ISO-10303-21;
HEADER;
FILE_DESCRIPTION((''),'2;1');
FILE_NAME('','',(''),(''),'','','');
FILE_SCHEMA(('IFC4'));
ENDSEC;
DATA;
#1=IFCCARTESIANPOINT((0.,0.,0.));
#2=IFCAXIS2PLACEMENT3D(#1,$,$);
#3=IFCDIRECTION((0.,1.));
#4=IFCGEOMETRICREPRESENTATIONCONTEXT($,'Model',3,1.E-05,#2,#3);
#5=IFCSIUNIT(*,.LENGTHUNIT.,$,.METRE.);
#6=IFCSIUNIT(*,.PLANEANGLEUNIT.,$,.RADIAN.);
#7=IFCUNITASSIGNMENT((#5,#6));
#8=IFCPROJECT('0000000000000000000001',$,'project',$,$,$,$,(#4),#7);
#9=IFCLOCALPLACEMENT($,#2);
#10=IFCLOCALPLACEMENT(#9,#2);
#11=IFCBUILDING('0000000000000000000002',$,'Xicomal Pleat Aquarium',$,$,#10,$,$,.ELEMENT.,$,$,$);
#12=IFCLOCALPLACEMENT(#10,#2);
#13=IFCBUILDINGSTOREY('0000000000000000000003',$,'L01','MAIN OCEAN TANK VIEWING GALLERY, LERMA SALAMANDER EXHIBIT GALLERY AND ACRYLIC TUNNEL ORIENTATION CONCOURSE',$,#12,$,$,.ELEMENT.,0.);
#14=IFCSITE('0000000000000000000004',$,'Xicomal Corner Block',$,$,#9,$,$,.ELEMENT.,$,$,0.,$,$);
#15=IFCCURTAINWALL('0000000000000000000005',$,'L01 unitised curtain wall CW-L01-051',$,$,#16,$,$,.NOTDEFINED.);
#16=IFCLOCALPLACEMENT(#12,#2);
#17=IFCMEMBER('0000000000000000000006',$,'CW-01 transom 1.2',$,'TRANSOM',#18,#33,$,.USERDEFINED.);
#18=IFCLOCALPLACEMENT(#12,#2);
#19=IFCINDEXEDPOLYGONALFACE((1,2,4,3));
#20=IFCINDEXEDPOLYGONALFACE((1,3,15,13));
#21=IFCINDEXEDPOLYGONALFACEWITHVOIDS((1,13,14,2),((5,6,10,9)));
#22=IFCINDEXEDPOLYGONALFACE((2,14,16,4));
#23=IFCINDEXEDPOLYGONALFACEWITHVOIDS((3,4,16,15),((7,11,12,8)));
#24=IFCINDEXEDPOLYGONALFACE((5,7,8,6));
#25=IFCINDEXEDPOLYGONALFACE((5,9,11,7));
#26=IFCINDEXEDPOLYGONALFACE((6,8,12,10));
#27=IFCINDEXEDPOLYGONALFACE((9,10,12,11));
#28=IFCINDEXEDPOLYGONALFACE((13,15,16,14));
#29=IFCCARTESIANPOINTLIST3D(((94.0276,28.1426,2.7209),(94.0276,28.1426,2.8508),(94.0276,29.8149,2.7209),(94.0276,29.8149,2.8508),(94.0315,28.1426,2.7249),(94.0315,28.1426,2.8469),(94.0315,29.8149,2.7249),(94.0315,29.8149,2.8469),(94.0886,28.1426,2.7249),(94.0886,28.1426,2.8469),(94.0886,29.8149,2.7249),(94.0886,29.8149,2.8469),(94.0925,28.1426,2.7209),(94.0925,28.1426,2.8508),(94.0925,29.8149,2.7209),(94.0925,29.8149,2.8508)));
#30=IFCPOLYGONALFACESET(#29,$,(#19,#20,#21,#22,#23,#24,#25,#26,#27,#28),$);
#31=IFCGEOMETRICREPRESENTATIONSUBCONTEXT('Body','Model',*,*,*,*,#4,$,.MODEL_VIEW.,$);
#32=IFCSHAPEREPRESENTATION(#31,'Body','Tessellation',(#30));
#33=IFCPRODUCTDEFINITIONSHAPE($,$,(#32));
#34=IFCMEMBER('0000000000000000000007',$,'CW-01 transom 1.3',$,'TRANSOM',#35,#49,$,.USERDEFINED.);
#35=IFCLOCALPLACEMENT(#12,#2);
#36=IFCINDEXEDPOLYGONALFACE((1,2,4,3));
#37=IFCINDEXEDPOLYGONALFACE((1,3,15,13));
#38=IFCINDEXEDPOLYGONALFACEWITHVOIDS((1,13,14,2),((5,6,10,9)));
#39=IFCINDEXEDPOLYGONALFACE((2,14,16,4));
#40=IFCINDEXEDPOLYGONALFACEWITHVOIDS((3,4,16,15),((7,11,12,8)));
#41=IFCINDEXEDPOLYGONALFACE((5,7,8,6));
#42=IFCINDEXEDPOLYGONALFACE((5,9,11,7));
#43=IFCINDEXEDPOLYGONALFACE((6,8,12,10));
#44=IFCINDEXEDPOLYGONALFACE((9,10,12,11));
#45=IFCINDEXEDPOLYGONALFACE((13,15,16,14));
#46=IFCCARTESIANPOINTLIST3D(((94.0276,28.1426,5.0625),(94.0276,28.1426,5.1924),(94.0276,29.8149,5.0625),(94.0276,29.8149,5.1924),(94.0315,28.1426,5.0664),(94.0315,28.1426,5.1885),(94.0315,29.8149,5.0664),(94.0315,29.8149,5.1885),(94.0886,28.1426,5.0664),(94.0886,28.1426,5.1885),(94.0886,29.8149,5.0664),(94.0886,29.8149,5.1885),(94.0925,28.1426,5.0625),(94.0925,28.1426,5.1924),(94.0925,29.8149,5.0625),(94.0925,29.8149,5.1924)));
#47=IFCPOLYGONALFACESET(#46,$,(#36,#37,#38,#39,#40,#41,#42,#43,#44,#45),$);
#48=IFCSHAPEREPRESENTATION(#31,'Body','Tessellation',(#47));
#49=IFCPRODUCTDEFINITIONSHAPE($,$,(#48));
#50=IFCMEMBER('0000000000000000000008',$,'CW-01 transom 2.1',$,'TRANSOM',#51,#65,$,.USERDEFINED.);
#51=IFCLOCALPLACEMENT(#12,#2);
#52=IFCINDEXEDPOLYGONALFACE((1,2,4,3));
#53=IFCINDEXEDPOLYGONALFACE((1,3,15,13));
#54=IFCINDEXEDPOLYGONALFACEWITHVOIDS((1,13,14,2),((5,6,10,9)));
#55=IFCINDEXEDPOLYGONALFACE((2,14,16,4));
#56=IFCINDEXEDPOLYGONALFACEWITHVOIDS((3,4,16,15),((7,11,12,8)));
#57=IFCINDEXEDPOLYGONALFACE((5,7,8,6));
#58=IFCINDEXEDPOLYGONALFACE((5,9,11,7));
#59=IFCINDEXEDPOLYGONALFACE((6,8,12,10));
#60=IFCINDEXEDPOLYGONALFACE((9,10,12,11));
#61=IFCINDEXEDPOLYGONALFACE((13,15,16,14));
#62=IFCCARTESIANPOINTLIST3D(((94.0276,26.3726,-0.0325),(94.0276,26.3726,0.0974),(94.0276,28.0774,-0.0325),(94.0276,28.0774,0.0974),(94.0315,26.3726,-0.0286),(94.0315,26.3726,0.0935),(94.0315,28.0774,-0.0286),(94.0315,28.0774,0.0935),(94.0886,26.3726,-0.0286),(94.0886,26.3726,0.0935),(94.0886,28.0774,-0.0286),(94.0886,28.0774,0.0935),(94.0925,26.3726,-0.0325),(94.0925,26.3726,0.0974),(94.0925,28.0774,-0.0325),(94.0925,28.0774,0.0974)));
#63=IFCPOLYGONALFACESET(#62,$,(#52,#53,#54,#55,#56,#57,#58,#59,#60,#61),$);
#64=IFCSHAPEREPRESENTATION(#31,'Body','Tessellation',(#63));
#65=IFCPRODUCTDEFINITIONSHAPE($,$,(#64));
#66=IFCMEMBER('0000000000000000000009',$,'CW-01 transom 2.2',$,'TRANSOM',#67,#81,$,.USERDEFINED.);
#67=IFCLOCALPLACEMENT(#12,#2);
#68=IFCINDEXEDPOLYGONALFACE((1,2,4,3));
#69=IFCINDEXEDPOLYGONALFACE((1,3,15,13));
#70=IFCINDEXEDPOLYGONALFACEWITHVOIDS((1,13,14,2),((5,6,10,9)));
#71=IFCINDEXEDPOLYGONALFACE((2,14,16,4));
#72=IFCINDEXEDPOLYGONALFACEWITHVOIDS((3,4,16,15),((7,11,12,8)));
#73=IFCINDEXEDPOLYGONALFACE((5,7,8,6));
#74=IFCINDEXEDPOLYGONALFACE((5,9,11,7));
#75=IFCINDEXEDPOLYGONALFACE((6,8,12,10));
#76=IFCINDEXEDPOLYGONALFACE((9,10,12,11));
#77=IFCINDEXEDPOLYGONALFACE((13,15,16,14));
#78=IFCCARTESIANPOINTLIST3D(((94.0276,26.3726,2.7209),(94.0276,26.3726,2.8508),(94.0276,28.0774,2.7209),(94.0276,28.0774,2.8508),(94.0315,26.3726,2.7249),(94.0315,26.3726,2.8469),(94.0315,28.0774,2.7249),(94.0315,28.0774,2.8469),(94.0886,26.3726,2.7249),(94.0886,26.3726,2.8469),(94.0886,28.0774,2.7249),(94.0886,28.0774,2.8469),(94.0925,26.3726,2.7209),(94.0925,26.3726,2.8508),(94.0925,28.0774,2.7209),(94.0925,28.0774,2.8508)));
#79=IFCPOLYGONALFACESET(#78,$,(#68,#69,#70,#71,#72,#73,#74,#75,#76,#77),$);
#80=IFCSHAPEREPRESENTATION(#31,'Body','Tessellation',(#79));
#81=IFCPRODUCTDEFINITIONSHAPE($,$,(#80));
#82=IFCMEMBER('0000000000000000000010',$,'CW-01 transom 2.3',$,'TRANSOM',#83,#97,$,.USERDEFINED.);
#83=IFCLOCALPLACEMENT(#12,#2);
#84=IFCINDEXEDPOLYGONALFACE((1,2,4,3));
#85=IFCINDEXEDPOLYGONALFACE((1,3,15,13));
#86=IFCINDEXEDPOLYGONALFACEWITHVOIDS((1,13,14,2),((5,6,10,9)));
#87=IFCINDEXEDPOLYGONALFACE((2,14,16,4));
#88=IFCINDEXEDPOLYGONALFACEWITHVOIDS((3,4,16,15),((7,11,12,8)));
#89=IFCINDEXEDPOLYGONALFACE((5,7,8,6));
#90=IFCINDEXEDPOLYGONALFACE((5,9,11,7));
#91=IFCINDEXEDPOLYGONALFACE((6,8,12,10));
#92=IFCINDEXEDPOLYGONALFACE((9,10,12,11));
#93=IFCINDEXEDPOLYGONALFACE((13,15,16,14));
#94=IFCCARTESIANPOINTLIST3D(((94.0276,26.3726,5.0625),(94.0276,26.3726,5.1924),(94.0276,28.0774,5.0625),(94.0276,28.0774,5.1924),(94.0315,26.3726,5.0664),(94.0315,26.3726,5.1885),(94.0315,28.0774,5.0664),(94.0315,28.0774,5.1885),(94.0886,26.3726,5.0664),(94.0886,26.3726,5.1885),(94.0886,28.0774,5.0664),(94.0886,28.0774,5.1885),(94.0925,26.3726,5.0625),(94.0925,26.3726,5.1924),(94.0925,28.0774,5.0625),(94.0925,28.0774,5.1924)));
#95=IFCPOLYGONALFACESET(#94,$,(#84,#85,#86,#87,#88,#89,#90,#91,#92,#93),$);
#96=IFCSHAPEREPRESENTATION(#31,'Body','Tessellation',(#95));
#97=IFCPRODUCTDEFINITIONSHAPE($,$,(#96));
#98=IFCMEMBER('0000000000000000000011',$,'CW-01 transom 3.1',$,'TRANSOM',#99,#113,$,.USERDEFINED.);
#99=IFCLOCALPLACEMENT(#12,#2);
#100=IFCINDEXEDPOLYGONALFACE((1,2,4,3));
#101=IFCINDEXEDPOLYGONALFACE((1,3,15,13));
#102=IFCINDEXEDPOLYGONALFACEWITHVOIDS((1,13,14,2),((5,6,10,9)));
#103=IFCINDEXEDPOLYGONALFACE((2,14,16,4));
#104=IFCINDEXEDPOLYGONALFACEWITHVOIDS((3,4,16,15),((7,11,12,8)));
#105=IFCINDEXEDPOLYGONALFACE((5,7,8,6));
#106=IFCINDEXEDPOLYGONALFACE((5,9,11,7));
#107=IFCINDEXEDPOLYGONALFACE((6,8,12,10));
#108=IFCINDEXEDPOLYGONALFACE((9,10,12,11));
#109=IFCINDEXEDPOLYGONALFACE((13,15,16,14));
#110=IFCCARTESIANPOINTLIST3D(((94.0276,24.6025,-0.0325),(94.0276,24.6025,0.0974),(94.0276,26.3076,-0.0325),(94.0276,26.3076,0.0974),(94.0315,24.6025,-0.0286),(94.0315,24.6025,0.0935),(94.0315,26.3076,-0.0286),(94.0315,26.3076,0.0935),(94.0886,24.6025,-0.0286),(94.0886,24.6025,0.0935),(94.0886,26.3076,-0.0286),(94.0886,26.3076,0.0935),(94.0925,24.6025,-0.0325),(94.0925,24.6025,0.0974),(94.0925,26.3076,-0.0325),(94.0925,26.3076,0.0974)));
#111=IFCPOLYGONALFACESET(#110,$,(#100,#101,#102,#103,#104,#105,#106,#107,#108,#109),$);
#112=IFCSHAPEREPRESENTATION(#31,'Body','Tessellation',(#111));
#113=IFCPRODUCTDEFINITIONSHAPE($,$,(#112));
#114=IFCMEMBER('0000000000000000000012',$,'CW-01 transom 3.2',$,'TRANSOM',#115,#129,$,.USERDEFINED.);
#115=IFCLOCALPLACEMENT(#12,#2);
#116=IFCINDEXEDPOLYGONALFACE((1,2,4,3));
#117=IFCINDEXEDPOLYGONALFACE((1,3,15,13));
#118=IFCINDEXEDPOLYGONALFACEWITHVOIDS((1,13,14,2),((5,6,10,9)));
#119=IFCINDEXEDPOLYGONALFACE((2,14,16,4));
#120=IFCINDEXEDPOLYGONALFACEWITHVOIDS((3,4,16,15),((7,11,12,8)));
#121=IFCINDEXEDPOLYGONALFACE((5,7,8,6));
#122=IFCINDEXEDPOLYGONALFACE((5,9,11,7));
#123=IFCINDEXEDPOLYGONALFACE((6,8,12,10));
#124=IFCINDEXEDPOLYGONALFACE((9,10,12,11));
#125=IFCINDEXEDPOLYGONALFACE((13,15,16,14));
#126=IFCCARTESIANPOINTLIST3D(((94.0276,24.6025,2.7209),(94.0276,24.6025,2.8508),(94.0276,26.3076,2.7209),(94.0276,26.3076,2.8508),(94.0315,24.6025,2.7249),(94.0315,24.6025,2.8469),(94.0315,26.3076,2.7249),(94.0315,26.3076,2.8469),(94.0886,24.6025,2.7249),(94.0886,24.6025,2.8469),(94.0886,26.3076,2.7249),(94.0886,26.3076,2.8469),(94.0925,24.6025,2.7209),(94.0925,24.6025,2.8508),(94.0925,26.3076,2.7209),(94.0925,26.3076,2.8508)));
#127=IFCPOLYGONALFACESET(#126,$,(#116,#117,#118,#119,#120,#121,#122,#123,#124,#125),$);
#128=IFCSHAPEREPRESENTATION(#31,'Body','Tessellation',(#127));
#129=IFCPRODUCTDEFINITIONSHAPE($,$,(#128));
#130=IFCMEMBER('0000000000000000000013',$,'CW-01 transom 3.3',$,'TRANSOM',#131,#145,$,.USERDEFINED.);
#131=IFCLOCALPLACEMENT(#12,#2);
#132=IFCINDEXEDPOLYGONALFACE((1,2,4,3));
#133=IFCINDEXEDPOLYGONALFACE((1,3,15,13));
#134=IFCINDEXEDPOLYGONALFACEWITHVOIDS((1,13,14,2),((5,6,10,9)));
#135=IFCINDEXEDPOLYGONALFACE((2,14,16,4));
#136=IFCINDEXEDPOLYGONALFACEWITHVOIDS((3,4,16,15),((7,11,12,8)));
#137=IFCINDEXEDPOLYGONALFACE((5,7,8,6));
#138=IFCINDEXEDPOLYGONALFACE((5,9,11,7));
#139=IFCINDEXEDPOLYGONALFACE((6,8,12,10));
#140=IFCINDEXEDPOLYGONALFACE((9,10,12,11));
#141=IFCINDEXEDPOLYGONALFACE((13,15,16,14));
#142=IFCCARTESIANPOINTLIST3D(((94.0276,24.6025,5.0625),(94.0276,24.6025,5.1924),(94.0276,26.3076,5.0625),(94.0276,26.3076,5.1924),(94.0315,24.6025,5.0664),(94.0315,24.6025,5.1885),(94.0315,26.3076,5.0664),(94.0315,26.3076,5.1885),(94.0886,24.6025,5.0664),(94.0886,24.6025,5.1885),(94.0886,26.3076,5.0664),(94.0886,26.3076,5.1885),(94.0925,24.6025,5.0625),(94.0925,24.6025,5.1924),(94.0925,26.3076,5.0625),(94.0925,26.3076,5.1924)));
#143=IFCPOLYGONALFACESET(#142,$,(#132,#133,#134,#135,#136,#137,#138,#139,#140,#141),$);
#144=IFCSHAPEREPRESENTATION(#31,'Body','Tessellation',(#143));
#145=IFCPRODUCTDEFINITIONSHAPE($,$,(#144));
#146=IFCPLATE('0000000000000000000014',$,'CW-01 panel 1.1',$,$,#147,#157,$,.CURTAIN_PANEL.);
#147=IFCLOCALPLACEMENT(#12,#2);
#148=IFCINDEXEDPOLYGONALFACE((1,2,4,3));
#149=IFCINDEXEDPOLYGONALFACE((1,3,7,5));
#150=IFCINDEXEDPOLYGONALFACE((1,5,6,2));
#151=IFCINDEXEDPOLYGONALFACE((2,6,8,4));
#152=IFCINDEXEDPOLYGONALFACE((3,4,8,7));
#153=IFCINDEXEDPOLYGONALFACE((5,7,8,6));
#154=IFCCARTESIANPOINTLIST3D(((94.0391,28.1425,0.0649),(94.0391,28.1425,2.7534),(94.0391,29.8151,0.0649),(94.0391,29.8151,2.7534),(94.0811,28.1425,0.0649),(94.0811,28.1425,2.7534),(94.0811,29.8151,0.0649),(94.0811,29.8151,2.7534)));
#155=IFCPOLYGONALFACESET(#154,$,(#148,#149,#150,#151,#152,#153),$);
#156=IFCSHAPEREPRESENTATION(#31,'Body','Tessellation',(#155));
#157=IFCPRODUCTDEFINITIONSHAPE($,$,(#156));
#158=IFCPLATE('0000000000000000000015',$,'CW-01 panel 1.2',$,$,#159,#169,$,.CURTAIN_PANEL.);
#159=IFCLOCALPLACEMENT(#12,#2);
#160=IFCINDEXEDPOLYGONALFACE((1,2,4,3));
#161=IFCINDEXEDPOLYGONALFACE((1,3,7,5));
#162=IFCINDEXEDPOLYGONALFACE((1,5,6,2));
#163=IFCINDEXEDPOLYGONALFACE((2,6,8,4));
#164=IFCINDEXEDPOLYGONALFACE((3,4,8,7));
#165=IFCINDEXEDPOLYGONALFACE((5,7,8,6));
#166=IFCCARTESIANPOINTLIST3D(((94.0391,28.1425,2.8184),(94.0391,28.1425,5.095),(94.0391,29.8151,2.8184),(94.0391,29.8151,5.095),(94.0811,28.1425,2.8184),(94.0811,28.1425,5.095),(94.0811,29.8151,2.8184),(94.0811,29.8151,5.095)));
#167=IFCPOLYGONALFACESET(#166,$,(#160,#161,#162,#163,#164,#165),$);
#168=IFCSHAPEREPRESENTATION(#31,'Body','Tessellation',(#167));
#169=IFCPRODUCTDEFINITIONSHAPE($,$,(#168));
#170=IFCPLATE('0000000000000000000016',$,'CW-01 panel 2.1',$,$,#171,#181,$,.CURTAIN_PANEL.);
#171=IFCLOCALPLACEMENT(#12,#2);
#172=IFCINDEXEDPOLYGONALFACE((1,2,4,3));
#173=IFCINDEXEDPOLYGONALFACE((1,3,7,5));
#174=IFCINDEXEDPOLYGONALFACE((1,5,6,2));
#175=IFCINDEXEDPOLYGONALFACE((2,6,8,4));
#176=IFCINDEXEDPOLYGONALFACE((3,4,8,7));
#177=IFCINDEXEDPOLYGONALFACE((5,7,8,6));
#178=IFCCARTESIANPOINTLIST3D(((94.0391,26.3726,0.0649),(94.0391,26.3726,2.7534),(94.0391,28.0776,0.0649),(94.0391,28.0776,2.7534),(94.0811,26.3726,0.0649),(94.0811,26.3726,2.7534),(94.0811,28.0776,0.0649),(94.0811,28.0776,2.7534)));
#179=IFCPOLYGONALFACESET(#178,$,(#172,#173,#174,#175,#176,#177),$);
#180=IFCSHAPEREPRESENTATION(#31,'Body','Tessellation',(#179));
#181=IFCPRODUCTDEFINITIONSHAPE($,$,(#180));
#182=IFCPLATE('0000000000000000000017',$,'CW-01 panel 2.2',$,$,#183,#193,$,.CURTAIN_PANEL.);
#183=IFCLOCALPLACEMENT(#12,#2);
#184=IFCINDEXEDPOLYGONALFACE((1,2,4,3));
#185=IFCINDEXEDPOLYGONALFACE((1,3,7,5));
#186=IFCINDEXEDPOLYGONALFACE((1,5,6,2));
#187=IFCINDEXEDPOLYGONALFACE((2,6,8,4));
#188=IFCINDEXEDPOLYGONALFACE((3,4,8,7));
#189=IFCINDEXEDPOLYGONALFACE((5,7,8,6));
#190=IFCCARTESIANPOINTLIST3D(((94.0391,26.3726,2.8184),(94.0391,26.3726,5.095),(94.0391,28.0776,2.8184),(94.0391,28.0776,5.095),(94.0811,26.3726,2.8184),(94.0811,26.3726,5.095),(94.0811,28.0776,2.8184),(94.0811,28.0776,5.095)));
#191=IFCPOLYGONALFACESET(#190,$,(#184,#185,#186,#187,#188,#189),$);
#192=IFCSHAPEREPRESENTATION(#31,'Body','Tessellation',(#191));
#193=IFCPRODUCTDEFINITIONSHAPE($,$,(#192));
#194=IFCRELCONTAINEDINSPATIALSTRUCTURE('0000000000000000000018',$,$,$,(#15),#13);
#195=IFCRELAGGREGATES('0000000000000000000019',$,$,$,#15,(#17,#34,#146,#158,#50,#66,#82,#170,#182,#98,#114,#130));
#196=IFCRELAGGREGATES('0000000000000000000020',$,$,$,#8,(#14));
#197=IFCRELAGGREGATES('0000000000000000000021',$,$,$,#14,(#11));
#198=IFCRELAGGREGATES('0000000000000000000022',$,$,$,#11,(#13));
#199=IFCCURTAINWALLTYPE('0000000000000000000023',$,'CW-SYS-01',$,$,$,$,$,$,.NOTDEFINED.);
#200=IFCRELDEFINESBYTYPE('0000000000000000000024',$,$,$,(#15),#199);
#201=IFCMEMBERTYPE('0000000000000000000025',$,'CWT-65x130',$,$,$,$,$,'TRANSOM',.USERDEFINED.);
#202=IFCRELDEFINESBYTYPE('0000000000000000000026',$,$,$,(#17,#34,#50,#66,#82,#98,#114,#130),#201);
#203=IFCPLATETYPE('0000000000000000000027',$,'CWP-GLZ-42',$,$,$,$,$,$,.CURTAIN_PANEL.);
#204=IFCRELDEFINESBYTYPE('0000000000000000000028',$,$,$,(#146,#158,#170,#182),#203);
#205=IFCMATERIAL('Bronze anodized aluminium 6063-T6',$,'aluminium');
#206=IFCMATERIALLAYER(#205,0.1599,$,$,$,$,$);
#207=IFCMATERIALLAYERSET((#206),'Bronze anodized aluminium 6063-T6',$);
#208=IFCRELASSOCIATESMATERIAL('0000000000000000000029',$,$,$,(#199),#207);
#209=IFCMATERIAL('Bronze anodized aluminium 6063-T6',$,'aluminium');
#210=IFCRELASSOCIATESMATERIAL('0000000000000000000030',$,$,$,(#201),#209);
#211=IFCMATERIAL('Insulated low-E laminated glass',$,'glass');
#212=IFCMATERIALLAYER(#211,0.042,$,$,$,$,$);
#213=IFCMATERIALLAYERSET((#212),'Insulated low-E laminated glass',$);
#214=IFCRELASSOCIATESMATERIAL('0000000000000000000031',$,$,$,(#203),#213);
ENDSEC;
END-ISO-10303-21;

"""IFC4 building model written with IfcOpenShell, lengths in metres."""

from ifc_helpers import new_model, si_unit, direction, frame, origin, origin_2d, place, context, subcontext, project, spatial, rectangle, hollow_rectangle, extrude, material, layer, layer_set, material_profile, profile_set, type_object, element, aggregate, save


model = new_model("IFC4")

# Units and contexts
model_context = context("Model", 3, precision=1e-05, world=origin(), true_north=direction((0.0, 1.0)))
body_context = subcontext(model_context, "Body", "Model", "MODEL_VIEW")
ifc_project = project(units=[si_unit("LENGTHUNIT", "METRE"), si_unit("PLANEANGLEUNIT", "RADIAN")], contexts=[model_context])

# Site, building, storey
site_placement = place(None, origin())
site = spatial("IfcSite", under=ifc_project, at=site_placement, Name="Xicomal Corner Block", CompositionType="ELEMENT", RefElevation=0.0)
building_placement = place(site_placement, origin())
building = spatial("IfcBuilding", under=site, at=building_placement, Name="Xicomal Pleat Aquarium", CompositionType="ELEMENT")
storey_placement = place(building_placement, origin())
storey = spatial("IfcBuildingStorey", under=building, at=storey_placement, Name="L01", Description="MAIN OCEAN TANK VIEWING GALLERY, LERMA SALAMANDER EXHIBIT GALLERY AND ACRYLIC TUNNEL ORIENTATION CONCOURSE", CompositionType="ELEMENT", Elevation=0.0)

# Curtain wall, members, plates
ifc_material_1 = material(Name="Bronze anodized aluminium 6063-T6", Category="aluminium")
ifc_layer_1 = layer(ifc_material_1, 0.1599)
ifc_layer_set_1 = layer_set([ifc_layer_1], Name="Bronze anodized aluminium 6063-T6")
curtain_wall_type = type_object("IfcCurtainWallType", Name="CW-SYS-01", PredefinedType="NOTDEFINED", material=ifc_layer_set_1)
curtain_wall_placement = place(storey_placement, origin())
curtain_wall = element("IfcCurtainWall", 1, at=curtain_wall_placement, inside=storey, type_object=curtain_wall_type, Name="L01 unitised curtain wall CW-L01-051", PredefinedType="NOTDEFINED")
ifc_material_2 = material(Name="Bronze anodized aluminium 6063-T6", Category="aluminium")
ifc_material_profile_1 = material_profile(ifc_material_2, hollow_rectangle(XDim=0.0649, YDim=0.1299, WallThickness=0.0039, at=origin_2d()), Name="ALU TRAN 65x130")
ifc_profile_set_1 = profile_set([ifc_material_profile_1], Name="Bronze anodized aluminium 6063-T6")
member_type_1 = type_object("IfcMemberType", Name="CWT-65x130", ElementType="TRANSOM", PredefinedType="USERDEFINED", material=ifc_profile_set_1)
member_1_placement = place(storey_placement, frame((94.0601, 29.8149, 2.7859), z_axis=(0.0, -1.0, 0.0), x_axis=(1.0, 0.0, 0.0)))
member_1 = element("IfcMember", 2, at=member_1_placement, type_object=member_type_1, Name="CW-01 transom 1.2", ObjectType="TRANSOM", PredefinedType="USERDEFINED", context=body_context, shape_type="SweptSolid", body=[
    extrude(hollow_rectangle(XDim=0.0649, YDim=0.1299, WallThickness=0.0039, at=origin_2d()), origin(), (0.0, 0.0, 1.0), 1.6724),
])
member_2_placement = place(storey_placement, frame((94.0601, 29.8149, 5.1274), z_axis=(0.0, -1.0, 0.0), x_axis=(1.0, 0.0, 0.0)))
member_2 = element("IfcMember", 3, at=member_2_placement, type_object=member_type_1, Name="CW-01 transom 1.3", ObjectType="TRANSOM", PredefinedType="USERDEFINED", context=body_context, shape_type="SweptSolid", body=[
    extrude(hollow_rectangle(XDim=0.0649, YDim=0.1299, WallThickness=0.0039, at=origin_2d()), origin(), (0.0, 0.0, 1.0), 1.6724),
])
member_3_placement = place(storey_placement, frame((94.0601, 28.0774, 0.0325), z_axis=(0.0, -1.0, 0.0), x_axis=(1.0, 0.0, 0.0)))
member_3 = element("IfcMember", 4, at=member_3_placement, type_object=member_type_1, Name="CW-01 transom 2.1", ObjectType="TRANSOM", PredefinedType="USERDEFINED", context=body_context, shape_type="SweptSolid", body=[
    extrude(hollow_rectangle(XDim=0.0649, YDim=0.1299, WallThickness=0.0039, at=origin_2d()), origin(), (0.0, 0.0, 1.0), 1.7048),
])
member_4_placement = place(storey_placement, frame((94.0601, 28.0774, 2.7859), z_axis=(0.0, -1.0, 0.0), x_axis=(1.0, 0.0, 0.0)))
member_4 = element("IfcMember", 5, at=member_4_placement, type_object=member_type_1, Name="CW-01 transom 2.2", ObjectType="TRANSOM", PredefinedType="USERDEFINED", context=body_context, shape_type="SweptSolid", body=[
    extrude(hollow_rectangle(XDim=0.0649, YDim=0.1299, WallThickness=0.0039, at=origin_2d()), origin(), (0.0, 0.0, 1.0), 1.7048),
])
member_5_placement = place(storey_placement, frame((94.0601, 28.0774, 5.1274), z_axis=(0.0, -1.0, 0.0), x_axis=(1.0, 0.0, 0.0)))
member_5 = element("IfcMember", 6, at=member_5_placement, type_object=member_type_1, Name="CW-01 transom 2.3", ObjectType="TRANSOM", PredefinedType="USERDEFINED", context=body_context, shape_type="SweptSolid", body=[
    extrude(hollow_rectangle(XDim=0.0649, YDim=0.1299, WallThickness=0.0039, at=origin_2d()), origin(), (0.0, 0.0, 1.0), 1.7048),
])
member_6_placement = place(storey_placement, frame((94.0601, 26.3076, 0.0325), z_axis=(0.0, -1.0, 0.0), x_axis=(1.0, 0.0, 0.0)))
member_6 = element("IfcMember", 7, at=member_6_placement, type_object=member_type_1, Name="CW-01 transom 3.1", ObjectType="TRANSOM", PredefinedType="USERDEFINED", context=body_context, shape_type="SweptSolid", body=[
    extrude(hollow_rectangle(XDim=0.0649, YDim=0.1299, WallThickness=0.0039, at=origin_2d()), origin(), (0.0, 0.0, 1.0), 1.7051),
])
member_7_placement = place(storey_placement, frame((94.0601, 26.3076, 2.7859), z_axis=(0.0, -1.0, 0.0), x_axis=(1.0, 0.0, 0.0)))
member_7 = element("IfcMember", 8, at=member_7_placement, type_object=member_type_1, Name="CW-01 transom 3.2", ObjectType="TRANSOM", PredefinedType="USERDEFINED", context=body_context, shape_type="SweptSolid", body=[
    extrude(hollow_rectangle(XDim=0.0649, YDim=0.1299, WallThickness=0.0039, at=origin_2d()), origin(), (0.0, 0.0, 1.0), 1.7051),
])
member_8_placement = place(storey_placement, frame((94.0601, 26.3076, 5.1274), z_axis=(0.0, -1.0, 0.0), x_axis=(1.0, 0.0, 0.0)))
member_8 = element("IfcMember", 9, at=member_8_placement, type_object=member_type_1, Name="CW-01 transom 3.3", ObjectType="TRANSOM", PredefinedType="USERDEFINED", context=body_context, shape_type="SweptSolid", body=[
    extrude(hollow_rectangle(XDim=0.0649, YDim=0.1299, WallThickness=0.0039, at=origin_2d()), origin(), (0.0, 0.0, 1.0), 1.7051),
])
ifc_material_3 = material(Name="Insulated low-E laminated glass", Category="glass")
ifc_layer_2 = layer(ifc_material_3, 0.042)
ifc_layer_set_2 = layer_set([ifc_layer_2], Name="Insulated low-E laminated glass")
plate_type = type_object("IfcPlateType", Name="CWP-GLZ-42", PredefinedType="CURTAIN_PANEL", material=ifc_layer_set_2)
plate_1_placement = place(storey_placement, frame((94.0601, 28.9788, 0.0649), z_axis=(0.0, 0.0, 1.0), x_axis=(0.0, -1.0, 0.0)))
plate_1 = element("IfcPlate", 10, at=plate_1_placement, type_object=plate_type, Name="CW-01 panel 1.1", PredefinedType="CURTAIN_PANEL", context=body_context, shape_type="SweptSolid", body=[
    extrude(rectangle(XDim=1.6726, YDim=0.042, at=origin_2d()), origin(), (0.0, 0.0, 1.0), 2.6885),
])
plate_2_placement = place(storey_placement, frame((94.0601, 28.9788, 2.8184), z_axis=(0.0, 0.0, 1.0), x_axis=(0.0, -1.0, 0.0)))
plate_2 = element("IfcPlate", 11, at=plate_2_placement, type_object=plate_type, Name="CW-01 panel 1.2", PredefinedType="CURTAIN_PANEL", context=body_context, shape_type="SweptSolid", body=[
    extrude(rectangle(XDim=1.6726, YDim=0.042, at=origin_2d()), origin(), (0.0, 0.0, 1.0), 2.2766),
])
plate_3_placement = place(storey_placement, frame((94.0601, 27.2251, 0.0649), z_axis=(0.0, 0.0, 1.0), x_axis=(0.0, -1.0, 0.0)))
plate_3 = element("IfcPlate", 12, at=plate_3_placement, type_object=plate_type, Name="CW-01 panel 2.1", PredefinedType="CURTAIN_PANEL", context=body_context, shape_type="SweptSolid", body=[
    extrude(rectangle(XDim=1.7051, YDim=0.042, at=origin_2d()), origin(), (0.0, 0.0, 1.0), 2.6885),
])
plate_4_placement = place(storey_placement, frame((94.0601, 27.2251, 2.8184), z_axis=(0.0, 0.0, 1.0), x_axis=(0.0, -1.0, 0.0)))
plate_4 = element("IfcPlate", 13, at=plate_4_placement, type_object=plate_type, Name="CW-01 panel 2.2", PredefinedType="CURTAIN_PANEL", context=body_context, shape_type="SweptSolid", body=[
    extrude(rectangle(XDim=1.7051, YDim=0.042, at=origin_2d()), origin(), (0.0, 0.0, 1.0), 2.2766),
])
aggregate(curtain_wall, [member_1, member_2, plate_1, plate_2, member_3, member_4, member_5, plate_3, plate_4, member_6, member_7, member_8])

save(model, "model.ifc")
